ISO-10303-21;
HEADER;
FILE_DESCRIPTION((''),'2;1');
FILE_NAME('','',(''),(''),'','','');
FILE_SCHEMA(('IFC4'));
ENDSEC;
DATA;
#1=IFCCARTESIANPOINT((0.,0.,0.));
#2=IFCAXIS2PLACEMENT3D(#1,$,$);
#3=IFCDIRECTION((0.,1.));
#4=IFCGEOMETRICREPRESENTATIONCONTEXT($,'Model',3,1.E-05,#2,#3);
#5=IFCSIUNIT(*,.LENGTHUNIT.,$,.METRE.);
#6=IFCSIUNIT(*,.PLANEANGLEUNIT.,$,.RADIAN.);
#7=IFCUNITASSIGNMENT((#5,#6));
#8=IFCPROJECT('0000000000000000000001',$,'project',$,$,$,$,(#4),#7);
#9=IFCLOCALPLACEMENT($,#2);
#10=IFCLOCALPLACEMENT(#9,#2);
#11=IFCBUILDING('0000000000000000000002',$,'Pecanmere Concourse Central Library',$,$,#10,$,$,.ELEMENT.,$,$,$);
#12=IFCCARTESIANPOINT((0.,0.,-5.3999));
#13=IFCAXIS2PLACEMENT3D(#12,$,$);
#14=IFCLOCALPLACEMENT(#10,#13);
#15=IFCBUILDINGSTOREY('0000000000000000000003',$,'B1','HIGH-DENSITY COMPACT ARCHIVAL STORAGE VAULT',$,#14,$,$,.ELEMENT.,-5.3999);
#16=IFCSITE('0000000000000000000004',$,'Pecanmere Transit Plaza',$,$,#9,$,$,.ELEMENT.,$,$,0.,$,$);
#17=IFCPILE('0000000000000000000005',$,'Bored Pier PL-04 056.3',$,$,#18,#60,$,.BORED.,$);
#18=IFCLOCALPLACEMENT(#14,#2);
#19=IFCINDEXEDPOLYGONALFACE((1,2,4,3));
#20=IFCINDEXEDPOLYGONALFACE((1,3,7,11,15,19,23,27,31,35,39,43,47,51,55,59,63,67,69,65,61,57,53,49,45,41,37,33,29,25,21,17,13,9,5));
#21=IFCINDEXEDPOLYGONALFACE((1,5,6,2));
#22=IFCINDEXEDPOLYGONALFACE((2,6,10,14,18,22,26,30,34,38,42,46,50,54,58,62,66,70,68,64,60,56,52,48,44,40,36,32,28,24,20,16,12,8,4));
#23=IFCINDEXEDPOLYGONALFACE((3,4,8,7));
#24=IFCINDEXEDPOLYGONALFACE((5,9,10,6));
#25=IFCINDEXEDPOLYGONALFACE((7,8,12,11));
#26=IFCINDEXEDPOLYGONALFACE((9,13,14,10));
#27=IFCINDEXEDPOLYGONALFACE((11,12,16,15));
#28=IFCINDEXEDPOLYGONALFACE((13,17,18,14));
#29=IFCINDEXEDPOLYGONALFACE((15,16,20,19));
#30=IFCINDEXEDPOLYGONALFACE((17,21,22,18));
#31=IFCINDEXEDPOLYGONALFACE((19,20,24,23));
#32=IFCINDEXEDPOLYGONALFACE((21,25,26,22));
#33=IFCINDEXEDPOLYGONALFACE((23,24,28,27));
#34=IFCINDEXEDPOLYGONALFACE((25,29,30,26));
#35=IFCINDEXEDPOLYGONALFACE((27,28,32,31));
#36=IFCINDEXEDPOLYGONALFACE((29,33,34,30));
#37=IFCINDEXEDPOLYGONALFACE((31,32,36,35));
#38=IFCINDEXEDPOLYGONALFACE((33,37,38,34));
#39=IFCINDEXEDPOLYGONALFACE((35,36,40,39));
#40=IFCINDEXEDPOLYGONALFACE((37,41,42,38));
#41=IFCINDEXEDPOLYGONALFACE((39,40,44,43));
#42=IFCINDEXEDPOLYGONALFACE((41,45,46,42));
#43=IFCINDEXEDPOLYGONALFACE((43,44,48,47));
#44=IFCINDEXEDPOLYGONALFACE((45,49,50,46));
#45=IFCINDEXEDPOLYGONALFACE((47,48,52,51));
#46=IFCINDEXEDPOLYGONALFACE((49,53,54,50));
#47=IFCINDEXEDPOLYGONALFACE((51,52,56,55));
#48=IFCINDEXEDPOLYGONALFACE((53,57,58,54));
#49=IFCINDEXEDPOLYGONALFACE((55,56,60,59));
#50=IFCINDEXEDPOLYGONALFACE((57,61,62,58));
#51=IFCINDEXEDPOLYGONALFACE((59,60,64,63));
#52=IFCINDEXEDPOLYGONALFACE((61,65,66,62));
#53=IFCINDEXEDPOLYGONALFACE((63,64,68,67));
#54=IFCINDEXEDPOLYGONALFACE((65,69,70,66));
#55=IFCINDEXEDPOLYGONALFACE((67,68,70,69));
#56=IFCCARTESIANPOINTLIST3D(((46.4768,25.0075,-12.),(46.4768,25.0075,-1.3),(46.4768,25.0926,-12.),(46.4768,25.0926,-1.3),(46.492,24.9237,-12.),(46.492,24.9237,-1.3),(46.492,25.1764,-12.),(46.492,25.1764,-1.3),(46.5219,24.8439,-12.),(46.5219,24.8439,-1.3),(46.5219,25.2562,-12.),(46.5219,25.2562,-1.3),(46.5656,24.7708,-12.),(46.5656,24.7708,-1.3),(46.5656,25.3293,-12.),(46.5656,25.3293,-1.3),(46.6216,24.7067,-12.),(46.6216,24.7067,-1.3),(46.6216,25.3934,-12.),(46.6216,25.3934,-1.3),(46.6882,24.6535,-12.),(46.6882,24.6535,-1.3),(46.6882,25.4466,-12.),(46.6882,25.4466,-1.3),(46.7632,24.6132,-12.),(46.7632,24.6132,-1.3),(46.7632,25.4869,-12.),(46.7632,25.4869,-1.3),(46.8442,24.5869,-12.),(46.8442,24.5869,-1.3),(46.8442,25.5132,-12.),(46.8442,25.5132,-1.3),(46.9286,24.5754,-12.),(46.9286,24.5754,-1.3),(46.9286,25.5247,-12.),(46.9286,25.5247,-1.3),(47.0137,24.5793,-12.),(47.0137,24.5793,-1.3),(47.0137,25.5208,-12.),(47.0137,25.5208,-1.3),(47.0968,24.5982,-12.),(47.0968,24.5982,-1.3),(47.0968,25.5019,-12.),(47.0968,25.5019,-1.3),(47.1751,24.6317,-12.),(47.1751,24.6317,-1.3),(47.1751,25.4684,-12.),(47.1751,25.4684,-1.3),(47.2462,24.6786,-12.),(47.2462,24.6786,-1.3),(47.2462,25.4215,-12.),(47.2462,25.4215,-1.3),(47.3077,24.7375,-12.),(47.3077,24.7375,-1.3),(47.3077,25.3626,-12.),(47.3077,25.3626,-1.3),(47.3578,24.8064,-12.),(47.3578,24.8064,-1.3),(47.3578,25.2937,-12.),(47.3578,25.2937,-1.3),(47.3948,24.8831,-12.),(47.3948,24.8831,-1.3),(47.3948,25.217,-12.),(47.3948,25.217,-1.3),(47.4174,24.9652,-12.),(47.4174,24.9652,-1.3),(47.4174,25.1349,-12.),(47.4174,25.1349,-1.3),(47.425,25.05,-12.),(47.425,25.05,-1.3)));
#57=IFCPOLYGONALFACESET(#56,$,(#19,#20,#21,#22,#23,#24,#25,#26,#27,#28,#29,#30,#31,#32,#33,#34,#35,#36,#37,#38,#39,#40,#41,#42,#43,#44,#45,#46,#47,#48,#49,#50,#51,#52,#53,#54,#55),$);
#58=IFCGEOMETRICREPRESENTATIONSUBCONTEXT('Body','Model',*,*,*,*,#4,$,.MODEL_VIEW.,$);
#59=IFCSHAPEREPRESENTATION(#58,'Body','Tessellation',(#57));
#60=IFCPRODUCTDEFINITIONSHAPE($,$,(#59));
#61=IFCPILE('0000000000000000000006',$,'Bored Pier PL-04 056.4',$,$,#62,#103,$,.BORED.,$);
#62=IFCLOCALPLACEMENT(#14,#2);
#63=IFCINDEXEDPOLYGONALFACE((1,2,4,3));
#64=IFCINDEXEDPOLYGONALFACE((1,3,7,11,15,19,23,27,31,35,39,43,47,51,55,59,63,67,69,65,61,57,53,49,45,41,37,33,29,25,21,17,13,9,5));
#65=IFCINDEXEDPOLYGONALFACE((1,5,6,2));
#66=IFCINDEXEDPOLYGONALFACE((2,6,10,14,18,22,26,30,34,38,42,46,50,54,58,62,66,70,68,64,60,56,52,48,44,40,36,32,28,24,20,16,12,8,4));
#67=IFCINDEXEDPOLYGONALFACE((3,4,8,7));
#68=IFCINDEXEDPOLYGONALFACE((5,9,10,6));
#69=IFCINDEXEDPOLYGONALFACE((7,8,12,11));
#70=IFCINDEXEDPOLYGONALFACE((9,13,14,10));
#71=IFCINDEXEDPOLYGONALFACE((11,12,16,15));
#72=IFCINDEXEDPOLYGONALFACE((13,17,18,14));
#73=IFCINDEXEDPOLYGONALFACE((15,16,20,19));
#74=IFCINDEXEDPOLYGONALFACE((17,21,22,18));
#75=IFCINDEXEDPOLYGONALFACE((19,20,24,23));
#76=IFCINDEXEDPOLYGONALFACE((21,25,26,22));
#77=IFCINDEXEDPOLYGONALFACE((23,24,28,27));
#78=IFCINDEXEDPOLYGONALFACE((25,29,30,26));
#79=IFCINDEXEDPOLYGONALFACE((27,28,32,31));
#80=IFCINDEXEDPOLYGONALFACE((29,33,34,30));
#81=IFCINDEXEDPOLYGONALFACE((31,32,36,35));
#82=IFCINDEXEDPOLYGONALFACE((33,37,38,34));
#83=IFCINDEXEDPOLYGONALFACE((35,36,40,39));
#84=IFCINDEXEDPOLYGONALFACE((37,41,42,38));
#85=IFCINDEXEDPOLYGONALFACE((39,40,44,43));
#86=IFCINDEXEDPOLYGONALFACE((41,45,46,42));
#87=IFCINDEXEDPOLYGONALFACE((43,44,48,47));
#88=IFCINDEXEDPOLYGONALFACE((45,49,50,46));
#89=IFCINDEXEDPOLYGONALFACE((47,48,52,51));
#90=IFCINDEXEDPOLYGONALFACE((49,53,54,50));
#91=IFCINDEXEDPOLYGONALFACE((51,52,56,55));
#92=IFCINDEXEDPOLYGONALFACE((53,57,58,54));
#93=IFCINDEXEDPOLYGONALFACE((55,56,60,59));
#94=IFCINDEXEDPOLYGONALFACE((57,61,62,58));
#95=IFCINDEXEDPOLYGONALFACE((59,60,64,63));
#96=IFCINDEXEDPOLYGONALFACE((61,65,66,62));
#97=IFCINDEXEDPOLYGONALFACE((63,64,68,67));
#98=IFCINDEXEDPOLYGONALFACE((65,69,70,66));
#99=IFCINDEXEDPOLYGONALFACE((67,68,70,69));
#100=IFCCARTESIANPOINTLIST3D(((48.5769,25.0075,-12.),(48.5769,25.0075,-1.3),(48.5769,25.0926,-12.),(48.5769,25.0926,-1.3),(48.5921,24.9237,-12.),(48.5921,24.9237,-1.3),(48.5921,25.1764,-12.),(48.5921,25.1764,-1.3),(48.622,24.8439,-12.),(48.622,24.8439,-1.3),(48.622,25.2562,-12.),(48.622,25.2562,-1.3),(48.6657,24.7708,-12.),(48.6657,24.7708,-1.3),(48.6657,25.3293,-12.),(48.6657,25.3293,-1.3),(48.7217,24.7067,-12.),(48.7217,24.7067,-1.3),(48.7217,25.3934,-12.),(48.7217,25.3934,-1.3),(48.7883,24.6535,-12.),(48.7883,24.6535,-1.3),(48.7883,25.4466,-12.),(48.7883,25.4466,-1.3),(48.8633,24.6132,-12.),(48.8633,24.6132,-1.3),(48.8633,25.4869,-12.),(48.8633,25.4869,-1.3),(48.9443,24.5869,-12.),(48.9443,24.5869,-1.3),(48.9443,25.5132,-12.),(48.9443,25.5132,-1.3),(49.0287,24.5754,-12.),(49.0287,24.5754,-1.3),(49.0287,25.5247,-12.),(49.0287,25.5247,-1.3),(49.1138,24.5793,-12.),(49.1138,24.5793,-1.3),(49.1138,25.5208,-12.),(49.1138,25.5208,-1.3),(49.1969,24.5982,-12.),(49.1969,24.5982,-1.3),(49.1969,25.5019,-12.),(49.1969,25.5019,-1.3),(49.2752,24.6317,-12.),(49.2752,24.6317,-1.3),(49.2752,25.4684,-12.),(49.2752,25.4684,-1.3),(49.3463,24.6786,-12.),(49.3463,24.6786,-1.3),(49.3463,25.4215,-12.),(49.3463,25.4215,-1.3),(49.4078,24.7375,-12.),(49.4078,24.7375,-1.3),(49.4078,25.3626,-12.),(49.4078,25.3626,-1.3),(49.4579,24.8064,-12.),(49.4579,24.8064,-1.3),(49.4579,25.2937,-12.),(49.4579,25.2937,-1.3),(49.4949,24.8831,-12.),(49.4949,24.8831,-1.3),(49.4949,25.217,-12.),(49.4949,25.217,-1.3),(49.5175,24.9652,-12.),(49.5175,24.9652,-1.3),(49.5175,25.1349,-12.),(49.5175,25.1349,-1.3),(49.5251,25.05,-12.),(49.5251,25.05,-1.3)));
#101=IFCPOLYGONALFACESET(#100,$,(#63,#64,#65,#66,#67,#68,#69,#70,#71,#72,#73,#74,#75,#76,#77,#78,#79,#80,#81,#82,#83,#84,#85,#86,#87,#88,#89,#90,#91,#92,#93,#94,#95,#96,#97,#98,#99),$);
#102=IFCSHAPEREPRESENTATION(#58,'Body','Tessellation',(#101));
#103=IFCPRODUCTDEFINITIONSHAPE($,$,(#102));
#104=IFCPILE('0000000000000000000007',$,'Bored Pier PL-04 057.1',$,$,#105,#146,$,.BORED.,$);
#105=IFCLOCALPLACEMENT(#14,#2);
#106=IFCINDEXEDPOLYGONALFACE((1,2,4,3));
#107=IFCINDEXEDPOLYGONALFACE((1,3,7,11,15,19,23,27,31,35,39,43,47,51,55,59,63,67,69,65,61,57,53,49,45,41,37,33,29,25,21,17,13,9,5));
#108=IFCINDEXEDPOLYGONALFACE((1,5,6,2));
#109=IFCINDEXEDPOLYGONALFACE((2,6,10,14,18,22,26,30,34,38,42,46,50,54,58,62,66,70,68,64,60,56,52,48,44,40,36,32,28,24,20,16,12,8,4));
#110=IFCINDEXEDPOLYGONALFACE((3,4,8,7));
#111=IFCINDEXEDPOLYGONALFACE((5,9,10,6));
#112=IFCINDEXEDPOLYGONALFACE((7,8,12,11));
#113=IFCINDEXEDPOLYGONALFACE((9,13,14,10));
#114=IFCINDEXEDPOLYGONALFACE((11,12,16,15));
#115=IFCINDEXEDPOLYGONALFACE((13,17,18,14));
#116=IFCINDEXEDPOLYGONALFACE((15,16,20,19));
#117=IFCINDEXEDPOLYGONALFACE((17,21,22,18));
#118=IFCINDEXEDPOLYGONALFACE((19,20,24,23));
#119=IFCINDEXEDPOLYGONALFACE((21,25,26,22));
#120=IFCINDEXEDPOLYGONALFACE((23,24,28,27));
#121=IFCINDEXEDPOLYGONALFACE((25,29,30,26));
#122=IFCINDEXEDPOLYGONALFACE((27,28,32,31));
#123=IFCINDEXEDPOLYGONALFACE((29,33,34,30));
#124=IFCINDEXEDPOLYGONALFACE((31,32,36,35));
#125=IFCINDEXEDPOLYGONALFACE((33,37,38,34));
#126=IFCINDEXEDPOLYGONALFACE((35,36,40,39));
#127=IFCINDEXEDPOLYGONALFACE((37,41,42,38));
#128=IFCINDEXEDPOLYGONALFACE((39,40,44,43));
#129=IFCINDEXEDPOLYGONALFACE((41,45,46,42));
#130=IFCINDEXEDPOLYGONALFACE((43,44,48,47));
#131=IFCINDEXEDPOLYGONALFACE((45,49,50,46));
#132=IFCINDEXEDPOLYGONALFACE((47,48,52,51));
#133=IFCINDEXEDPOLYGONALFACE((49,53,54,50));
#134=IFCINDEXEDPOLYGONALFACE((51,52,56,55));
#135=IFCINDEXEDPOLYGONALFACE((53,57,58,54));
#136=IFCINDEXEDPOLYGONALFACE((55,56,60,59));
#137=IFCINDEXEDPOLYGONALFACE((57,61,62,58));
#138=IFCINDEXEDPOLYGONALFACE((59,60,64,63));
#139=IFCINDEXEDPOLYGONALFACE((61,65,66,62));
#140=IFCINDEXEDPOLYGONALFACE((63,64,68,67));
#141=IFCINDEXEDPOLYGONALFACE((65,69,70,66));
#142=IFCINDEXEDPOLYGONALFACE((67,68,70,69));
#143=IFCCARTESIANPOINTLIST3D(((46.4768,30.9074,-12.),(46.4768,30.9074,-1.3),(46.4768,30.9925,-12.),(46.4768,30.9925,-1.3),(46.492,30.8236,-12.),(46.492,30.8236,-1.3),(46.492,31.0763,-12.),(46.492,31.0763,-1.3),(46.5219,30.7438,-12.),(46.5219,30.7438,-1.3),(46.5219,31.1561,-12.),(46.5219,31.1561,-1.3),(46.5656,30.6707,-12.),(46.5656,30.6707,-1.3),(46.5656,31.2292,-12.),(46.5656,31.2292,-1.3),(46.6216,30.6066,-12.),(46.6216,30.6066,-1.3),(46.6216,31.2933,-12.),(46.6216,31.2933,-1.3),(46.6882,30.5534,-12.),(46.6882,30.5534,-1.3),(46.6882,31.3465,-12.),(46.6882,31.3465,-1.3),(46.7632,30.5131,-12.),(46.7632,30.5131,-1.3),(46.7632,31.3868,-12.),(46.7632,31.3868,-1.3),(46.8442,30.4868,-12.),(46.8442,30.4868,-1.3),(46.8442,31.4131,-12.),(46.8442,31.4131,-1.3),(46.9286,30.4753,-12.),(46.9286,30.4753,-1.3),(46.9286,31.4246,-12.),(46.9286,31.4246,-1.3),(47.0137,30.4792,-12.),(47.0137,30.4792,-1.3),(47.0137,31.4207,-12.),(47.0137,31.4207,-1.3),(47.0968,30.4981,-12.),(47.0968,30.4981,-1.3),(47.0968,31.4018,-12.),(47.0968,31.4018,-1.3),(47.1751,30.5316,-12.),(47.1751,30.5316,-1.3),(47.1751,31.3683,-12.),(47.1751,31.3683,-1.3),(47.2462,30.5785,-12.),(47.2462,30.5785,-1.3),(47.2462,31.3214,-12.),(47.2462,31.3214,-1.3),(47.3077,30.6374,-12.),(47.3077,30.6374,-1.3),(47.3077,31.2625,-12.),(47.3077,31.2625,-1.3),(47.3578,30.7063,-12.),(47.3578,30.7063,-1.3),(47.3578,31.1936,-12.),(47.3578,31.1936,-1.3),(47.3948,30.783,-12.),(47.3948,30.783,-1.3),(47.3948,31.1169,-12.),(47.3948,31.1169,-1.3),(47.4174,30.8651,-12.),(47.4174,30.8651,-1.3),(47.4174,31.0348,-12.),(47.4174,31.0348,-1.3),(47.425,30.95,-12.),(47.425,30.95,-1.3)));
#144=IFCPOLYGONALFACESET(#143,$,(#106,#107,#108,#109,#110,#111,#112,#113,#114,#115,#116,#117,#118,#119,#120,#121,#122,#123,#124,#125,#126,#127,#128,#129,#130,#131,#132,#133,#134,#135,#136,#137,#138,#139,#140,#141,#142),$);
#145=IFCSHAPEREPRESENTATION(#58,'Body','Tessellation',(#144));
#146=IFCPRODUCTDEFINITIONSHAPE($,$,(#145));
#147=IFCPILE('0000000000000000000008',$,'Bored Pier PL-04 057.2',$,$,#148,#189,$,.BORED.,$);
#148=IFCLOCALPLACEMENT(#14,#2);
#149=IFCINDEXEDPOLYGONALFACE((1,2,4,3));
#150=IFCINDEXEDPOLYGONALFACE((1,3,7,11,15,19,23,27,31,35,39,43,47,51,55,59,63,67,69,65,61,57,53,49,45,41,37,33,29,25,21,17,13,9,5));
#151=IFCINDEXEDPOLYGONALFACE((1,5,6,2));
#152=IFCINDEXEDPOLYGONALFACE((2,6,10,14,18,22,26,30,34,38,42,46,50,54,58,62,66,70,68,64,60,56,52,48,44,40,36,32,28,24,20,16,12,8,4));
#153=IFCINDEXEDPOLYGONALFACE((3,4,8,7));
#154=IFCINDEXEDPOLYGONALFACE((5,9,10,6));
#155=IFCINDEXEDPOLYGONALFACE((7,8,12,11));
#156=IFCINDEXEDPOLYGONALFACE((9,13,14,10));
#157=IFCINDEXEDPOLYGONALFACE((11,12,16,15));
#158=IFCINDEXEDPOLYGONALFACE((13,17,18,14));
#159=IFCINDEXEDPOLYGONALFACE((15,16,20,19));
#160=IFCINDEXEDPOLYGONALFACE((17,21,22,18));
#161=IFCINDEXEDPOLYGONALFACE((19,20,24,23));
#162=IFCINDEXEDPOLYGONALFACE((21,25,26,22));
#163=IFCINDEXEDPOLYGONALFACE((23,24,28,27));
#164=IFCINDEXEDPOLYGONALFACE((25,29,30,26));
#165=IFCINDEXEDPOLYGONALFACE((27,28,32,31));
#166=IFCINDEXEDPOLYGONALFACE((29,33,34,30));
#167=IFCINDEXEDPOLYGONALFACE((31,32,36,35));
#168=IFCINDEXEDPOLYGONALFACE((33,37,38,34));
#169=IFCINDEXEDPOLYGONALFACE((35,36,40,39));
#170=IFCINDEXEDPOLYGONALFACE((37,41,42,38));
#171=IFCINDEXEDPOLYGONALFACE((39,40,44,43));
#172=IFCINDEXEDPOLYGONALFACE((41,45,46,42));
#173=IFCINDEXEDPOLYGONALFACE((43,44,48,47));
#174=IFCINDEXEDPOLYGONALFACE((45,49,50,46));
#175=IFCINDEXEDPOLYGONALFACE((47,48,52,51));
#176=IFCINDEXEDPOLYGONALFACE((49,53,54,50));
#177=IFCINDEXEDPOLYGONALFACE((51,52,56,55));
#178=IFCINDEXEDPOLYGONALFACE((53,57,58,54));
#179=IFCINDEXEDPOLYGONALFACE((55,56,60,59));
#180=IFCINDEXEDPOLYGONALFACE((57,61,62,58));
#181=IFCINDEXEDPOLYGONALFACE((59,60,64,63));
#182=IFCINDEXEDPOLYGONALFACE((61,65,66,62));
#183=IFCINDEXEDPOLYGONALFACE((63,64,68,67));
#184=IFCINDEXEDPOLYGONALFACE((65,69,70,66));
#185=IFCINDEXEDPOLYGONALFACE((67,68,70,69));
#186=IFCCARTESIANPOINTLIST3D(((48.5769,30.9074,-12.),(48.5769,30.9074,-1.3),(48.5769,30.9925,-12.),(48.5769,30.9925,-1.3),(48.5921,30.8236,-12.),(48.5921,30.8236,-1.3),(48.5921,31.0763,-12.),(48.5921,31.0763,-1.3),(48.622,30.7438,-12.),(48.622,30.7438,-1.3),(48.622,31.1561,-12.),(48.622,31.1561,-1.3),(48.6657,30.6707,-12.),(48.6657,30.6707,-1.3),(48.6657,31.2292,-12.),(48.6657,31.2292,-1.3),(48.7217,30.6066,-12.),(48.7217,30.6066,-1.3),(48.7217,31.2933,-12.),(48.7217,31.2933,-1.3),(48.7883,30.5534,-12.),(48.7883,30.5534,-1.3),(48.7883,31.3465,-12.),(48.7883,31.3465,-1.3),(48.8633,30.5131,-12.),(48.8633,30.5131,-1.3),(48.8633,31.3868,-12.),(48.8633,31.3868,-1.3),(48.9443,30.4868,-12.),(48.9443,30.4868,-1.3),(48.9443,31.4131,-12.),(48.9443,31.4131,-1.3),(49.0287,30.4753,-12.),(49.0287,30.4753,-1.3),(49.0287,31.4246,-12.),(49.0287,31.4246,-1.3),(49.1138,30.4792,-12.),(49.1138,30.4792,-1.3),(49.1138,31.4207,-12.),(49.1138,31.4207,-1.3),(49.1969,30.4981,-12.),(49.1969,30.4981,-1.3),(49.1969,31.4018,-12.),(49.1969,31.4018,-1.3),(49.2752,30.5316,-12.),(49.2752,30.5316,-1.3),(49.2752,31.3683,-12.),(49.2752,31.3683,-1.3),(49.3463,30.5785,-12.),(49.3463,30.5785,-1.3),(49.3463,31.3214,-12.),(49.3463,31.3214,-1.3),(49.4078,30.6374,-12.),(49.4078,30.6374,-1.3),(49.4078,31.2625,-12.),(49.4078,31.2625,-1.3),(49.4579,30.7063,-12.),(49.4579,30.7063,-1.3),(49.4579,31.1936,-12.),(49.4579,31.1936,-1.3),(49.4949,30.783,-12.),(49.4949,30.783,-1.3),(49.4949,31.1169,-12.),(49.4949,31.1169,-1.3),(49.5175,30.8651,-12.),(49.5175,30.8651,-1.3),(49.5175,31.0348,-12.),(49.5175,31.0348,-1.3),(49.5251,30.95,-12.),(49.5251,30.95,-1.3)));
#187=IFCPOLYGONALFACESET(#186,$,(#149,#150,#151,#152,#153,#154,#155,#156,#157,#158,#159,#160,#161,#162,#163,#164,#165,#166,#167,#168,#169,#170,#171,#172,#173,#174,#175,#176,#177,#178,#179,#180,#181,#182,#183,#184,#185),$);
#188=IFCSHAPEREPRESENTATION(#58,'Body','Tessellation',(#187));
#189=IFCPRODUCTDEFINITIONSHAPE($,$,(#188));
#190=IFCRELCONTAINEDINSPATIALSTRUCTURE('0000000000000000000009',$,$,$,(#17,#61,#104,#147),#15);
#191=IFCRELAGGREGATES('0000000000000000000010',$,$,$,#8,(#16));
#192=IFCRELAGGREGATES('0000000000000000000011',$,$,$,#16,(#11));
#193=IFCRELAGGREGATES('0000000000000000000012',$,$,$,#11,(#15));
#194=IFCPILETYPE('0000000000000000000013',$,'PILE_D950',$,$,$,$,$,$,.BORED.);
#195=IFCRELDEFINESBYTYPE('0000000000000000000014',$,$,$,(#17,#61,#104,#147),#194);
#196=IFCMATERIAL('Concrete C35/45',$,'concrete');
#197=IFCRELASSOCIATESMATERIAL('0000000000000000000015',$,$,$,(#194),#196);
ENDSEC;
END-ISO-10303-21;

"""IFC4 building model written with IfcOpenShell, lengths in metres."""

from ifc_helpers import new_model, si_unit, direction, frame, origin, origin_2d, place, context, subcontext, project, spatial, circle, extrude, material, material_profile, profile_set, type_object, element, save


model = new_model("IFC4")

# Units and contexts
model_context = context("Model", 3, precision=1e-05, world=origin(), true_north=direction((0.0, 1.0)))
body_context = subcontext(model_context, "Body", "Model", "MODEL_VIEW")
ifc_project = project(units=[si_unit("LENGTHUNIT", "METRE"), si_unit("PLANEANGLEUNIT", "RADIAN")], contexts=[model_context])

# Site, building, storey
site_placement = place(None, origin())
site = spatial("IfcSite", under=ifc_project, at=site_placement, Name="Pecanmere Transit Plaza", CompositionType="ELEMENT", RefElevation=0.0)
building_placement = place(site_placement, origin())
building = spatial("IfcBuilding", under=site, at=building_placement, Name="Pecanmere Concourse Central Library", CompositionType="ELEMENT")
storey_placement = place(building_placement, frame((0.0, 0.0, -5.3999)))
storey = spatial("IfcBuildingStorey", under=building, at=storey_placement, Name="B1", Description="HIGH-DENSITY COMPACT ARCHIVAL STORAGE VAULT", CompositionType="ELEMENT", Elevation=-5.3999)

# Piles
ifc_material_1 = material(Name="Concrete C35/45", Category="concrete")
ifc_material_profile_1 = material_profile(ifc_material_1, circle(Radius=0.4751, at=origin_2d()), Name="PIER D950")
ifc_profile_set_1 = profile_set([ifc_material_profile_1], Name="Concrete C35/45")
pile_type = type_object("IfcPileType", Name="PILE_D950", PredefinedType="BORED", material=ifc_profile_set_1)
for number, where, z_axis, x_axis, name in (
    (1, (46.95, 25.05, -1.3), (0.0, 0.0, -1.0), (1.0, 0.0, 0.0), "Bored Pier PL-04 056.3"),
    (2, (49.05, 25.05, -1.3), (0.0, 0.0, -1.0), (1.0, 0.0, 0.0), "Bored Pier PL-04 056.4"),
    (3, (46.95, 30.95, -1.3), (0.0, 0.0, -1.0), (1.0, 0.0, 0.0), "Bored Pier PL-04 057.1"),
    (4, (49.05, 30.95, -1.3), (0.0, 0.0, -1.0), (1.0, 0.0, 0.0), "Bored Pier PL-04 057.2"),
):
    element("IfcPile", number, at=place(storey_placement, frame(where, z_axis=z_axis, x_axis=x_axis)), inside=storey, type_object=pile_type, Name=name, PredefinedType="BORED", context=body_context, shape_type="SweptSolid", body=[
        extrude(circle(Radius=0.4751, at=origin_2d()), origin(), (0.0, 0.0, 1.0), 10.7),
    ])

save(model, "model.ifc")
